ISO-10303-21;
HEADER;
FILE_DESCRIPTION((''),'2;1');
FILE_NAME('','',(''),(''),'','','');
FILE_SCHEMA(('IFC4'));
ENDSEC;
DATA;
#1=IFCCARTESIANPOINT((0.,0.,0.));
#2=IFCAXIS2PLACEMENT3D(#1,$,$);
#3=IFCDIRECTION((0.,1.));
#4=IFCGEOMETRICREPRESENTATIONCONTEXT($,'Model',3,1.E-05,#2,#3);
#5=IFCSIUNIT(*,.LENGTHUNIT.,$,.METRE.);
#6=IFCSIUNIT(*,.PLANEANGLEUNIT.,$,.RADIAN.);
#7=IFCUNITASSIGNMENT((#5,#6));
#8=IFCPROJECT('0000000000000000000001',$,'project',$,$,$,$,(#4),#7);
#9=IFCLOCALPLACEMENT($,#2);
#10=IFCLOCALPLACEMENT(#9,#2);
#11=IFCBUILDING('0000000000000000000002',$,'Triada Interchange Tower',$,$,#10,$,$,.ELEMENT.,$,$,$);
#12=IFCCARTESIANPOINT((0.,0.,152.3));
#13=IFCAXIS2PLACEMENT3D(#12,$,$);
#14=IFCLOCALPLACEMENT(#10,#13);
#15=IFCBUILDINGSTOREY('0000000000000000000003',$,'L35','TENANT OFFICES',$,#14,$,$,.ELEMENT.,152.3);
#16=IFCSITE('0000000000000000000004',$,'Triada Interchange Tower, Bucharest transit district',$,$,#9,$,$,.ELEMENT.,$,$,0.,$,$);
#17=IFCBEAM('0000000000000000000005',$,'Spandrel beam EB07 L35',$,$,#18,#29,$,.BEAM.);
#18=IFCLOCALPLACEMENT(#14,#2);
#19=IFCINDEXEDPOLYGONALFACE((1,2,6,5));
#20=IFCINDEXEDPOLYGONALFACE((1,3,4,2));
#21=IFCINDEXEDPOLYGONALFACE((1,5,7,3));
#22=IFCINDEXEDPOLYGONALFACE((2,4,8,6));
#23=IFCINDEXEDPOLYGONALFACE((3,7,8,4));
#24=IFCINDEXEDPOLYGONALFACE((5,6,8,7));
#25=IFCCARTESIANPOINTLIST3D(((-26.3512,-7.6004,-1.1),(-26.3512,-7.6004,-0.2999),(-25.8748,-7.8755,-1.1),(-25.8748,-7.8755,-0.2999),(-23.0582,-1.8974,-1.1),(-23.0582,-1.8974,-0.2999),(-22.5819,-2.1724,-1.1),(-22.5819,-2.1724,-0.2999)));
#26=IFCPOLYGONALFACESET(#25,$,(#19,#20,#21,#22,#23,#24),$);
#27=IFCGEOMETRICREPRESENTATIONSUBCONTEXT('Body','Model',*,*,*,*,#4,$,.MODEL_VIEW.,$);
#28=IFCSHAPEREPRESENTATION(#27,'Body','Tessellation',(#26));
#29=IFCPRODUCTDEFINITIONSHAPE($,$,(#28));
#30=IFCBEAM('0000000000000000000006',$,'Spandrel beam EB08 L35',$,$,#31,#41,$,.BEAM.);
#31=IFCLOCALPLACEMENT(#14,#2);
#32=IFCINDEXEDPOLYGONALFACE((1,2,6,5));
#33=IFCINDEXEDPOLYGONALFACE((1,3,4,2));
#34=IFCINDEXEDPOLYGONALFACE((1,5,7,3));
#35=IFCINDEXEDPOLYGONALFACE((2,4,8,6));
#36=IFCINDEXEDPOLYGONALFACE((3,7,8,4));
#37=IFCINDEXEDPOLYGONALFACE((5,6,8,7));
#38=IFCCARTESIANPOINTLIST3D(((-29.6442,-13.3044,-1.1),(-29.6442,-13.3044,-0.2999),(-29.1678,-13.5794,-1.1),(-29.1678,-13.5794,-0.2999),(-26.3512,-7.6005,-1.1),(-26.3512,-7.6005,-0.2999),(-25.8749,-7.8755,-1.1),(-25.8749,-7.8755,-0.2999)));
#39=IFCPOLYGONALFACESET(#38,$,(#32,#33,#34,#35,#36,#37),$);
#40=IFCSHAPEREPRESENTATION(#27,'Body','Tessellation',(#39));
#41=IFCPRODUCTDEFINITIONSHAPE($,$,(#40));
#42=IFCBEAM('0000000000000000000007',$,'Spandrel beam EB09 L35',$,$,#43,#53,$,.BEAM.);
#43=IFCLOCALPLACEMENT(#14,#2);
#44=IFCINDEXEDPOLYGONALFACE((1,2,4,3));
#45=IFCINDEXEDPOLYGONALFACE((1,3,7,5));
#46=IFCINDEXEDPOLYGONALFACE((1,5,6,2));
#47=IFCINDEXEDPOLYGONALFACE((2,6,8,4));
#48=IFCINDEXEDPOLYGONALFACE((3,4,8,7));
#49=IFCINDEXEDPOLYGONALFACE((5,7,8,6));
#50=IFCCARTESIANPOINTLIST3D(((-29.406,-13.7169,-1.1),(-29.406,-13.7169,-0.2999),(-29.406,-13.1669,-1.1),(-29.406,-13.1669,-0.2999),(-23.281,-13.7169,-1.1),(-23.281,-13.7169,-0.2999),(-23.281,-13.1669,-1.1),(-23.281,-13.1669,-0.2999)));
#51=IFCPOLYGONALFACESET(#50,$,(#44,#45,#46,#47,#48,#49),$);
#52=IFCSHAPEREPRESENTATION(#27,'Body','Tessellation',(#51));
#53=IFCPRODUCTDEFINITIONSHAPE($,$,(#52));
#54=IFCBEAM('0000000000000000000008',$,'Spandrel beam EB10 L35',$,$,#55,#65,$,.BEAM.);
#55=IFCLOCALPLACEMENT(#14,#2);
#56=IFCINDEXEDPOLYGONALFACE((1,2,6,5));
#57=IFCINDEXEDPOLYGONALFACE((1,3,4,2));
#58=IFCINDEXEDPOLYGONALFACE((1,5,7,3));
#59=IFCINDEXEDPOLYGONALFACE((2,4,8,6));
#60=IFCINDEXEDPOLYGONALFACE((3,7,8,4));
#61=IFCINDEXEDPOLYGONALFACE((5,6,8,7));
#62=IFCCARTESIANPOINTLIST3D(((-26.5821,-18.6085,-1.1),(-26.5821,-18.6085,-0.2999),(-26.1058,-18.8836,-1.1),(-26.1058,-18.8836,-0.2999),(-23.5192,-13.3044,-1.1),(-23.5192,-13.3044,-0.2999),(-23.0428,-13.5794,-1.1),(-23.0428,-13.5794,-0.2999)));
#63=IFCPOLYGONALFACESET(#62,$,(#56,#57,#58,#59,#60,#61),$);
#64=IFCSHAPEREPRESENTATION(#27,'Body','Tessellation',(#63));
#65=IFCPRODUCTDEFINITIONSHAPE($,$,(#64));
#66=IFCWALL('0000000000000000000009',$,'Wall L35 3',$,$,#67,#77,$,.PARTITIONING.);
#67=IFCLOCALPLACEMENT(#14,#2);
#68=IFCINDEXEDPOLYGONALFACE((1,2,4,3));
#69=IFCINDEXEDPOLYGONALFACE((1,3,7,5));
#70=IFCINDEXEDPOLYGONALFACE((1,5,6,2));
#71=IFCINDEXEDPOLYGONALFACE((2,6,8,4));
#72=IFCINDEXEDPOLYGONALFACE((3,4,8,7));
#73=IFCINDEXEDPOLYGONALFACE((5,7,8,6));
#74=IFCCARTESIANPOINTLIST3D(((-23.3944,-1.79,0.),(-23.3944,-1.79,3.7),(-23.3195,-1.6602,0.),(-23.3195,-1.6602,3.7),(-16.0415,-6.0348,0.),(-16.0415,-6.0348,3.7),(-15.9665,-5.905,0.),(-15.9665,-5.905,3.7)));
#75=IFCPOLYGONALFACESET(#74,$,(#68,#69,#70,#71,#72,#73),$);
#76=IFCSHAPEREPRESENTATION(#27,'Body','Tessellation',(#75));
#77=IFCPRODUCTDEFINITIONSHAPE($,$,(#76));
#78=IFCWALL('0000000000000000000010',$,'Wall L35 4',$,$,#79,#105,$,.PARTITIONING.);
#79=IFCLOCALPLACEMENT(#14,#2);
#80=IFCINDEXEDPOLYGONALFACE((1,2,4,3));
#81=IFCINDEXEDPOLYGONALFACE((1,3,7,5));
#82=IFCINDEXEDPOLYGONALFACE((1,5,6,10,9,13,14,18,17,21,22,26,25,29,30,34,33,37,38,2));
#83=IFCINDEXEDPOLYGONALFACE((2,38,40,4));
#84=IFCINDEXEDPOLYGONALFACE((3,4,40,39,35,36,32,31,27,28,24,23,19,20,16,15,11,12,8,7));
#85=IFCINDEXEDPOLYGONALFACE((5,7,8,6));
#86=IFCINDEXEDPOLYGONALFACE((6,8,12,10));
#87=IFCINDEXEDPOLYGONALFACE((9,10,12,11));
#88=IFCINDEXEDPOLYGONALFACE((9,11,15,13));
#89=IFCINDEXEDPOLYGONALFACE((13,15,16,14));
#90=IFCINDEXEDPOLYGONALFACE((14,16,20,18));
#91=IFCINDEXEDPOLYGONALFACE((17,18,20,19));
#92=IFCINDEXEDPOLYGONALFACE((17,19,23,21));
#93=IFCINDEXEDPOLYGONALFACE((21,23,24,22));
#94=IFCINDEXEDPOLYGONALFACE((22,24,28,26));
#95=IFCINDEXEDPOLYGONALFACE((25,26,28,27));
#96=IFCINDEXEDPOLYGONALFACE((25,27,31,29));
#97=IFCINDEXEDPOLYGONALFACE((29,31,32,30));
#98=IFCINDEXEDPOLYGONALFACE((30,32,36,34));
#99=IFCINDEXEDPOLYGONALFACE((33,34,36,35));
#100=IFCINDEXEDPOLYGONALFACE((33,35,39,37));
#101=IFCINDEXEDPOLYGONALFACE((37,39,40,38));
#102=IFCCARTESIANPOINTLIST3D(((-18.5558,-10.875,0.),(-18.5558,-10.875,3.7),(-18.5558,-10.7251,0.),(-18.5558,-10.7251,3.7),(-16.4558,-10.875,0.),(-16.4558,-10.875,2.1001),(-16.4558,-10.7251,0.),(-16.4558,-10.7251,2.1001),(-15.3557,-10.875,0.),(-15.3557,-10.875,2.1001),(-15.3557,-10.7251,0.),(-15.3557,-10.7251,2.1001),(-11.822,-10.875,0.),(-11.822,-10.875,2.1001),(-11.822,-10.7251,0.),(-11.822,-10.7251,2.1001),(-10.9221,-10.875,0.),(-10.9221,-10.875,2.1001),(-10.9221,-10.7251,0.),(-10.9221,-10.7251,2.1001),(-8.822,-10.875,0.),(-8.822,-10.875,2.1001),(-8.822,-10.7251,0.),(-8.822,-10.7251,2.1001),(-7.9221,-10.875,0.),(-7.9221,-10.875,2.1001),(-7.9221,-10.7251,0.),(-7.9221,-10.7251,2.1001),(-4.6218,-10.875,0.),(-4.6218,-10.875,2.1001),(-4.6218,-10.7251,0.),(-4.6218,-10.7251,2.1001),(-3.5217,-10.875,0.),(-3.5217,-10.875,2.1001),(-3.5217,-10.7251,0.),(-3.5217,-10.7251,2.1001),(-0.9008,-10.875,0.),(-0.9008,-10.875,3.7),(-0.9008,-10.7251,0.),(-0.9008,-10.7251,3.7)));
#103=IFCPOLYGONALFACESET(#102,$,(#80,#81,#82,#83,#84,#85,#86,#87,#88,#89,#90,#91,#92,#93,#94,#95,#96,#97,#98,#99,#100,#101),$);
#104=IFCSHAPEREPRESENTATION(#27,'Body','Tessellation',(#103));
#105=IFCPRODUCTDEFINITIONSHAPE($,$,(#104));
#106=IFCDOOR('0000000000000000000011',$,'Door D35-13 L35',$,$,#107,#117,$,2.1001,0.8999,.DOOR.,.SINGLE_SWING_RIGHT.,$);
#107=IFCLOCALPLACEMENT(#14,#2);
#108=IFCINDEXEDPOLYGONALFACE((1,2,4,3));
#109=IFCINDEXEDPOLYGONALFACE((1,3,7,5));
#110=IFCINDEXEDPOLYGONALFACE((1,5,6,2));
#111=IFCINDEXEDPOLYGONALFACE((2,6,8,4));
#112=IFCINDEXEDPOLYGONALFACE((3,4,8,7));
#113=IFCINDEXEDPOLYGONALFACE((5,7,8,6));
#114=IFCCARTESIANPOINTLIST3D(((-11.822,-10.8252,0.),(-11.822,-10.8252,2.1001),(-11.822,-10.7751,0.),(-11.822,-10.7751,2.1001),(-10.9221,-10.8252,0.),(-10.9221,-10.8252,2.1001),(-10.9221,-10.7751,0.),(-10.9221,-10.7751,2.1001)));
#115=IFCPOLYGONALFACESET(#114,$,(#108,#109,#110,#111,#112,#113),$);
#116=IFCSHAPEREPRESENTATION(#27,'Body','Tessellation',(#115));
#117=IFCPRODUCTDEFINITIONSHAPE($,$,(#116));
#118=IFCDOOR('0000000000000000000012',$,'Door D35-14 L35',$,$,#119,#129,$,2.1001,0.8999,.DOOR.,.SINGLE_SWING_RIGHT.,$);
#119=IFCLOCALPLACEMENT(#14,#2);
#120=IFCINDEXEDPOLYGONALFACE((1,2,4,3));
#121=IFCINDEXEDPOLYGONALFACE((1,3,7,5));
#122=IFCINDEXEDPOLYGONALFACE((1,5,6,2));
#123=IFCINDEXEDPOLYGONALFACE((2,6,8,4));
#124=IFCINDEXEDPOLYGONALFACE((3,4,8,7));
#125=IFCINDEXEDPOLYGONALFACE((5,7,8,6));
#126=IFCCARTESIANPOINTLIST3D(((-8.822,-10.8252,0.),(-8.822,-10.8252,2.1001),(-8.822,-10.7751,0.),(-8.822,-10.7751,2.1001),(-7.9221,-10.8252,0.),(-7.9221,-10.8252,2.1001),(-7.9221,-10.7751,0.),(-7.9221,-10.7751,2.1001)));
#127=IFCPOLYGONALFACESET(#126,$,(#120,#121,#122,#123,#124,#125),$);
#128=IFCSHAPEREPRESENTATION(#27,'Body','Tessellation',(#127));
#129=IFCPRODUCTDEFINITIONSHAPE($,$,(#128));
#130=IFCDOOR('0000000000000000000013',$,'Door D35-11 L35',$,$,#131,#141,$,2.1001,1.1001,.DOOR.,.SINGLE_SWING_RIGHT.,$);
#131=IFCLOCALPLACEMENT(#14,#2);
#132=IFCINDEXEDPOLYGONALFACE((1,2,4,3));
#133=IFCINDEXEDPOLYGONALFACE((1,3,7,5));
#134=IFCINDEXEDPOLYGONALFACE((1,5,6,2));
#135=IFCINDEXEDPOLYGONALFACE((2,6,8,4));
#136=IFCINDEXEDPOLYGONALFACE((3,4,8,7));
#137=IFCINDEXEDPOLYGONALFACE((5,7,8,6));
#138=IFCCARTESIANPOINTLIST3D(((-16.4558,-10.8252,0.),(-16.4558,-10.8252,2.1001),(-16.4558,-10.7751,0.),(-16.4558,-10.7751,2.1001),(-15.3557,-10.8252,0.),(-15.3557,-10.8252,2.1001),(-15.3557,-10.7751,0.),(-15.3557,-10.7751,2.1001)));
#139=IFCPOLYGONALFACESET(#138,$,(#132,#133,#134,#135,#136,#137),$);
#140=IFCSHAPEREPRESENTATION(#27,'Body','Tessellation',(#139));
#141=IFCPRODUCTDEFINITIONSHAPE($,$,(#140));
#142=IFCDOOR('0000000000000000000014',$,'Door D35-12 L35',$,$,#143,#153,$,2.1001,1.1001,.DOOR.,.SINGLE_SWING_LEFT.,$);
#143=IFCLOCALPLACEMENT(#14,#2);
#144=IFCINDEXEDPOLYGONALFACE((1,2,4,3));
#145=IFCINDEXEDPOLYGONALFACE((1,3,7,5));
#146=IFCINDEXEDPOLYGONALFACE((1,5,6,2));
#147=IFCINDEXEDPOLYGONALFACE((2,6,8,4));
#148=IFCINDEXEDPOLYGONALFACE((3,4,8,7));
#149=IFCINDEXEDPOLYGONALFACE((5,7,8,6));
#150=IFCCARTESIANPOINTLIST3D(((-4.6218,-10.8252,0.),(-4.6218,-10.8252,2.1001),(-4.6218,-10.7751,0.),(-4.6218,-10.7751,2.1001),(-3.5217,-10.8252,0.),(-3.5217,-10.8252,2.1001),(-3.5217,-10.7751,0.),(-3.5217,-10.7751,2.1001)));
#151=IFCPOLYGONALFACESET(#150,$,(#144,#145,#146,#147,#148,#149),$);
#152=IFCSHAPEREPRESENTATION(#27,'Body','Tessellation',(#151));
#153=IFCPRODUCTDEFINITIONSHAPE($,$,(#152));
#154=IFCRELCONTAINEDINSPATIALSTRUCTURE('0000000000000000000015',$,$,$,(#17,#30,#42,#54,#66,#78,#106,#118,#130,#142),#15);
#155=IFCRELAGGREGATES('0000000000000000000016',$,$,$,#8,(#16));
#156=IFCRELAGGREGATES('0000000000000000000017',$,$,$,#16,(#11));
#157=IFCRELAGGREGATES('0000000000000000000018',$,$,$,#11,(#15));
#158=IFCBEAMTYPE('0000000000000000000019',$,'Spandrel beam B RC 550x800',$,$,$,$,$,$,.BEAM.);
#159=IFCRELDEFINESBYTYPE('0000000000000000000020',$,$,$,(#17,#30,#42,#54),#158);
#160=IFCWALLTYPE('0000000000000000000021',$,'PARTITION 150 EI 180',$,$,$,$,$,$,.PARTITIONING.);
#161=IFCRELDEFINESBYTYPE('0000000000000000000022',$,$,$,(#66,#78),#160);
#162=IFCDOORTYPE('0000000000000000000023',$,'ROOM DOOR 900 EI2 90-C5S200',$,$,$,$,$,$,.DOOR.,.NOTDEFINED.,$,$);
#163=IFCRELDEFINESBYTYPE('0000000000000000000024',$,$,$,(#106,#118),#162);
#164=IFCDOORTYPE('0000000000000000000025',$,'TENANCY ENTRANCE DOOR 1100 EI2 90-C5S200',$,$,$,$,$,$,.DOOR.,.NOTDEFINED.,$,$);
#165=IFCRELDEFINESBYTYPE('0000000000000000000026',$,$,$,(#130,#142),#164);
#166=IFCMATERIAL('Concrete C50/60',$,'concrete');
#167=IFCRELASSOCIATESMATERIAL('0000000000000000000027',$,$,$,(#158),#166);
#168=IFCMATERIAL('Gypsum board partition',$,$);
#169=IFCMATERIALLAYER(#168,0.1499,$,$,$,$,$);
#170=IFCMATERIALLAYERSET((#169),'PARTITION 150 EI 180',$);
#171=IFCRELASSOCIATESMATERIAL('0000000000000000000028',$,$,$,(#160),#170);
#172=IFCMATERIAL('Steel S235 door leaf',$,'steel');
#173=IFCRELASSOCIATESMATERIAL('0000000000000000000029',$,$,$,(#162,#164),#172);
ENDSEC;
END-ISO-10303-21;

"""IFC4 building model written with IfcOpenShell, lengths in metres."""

from ifc_helpers import new_model, si_unit, direction, frame, frame_2d, origin, origin_2d, place, context, subcontext, project, spatial, rectangle, extrude, material, layer, layer_set, material_profile, profile_set, type_object, element, fill, save


model = new_model("IFC4")

# Units and contexts
model_context = context("Model", 3, precision=1e-05, world=origin(), true_north=direction((0.0, 1.0)))
body_context = subcontext(model_context, "Body", "Model", "MODEL_VIEW")
ifc_project = project(units=[si_unit("LENGTHUNIT", "METRE"), si_unit("PLANEANGLEUNIT", "RADIAN")], contexts=[model_context])

# Site, building, storey
site_placement = place(None, origin())
site = spatial("IfcSite", under=ifc_project, at=site_placement, Name="Triada Interchange Tower, Bucharest transit district", CompositionType="ELEMENT", RefElevation=0.0)
building_placement = place(site_placement, origin())
building = spatial("IfcBuilding", under=site, at=building_placement, Name="Triada Interchange Tower", CompositionType="ELEMENT")
storey_placement = place(building_placement, frame((0.0, 0.0, 152.3)))
storey = spatial("IfcBuildingStorey", under=building, at=storey_placement, Name="L35", Description="TENANT OFFICES", CompositionType="ELEMENT", Elevation=152.3)

# Beams
ifc_material_1 = material(Name="Concrete C50/60", Category="concrete")
ifc_material_profile_1 = material_profile(ifc_material_1, rectangle(XDim=0.55, YDim=0.8, at=origin_2d()), Name="RC 550x800")
ifc_profile_set_1 = profile_set([ifc_material_profile_1], Name="Concrete C50/60")
beam_type_1 = type_object("IfcBeamType", Name="Spandrel beam B RC 550x800", PredefinedType="BEAM", material=ifc_profile_set_1)
beam_1_placement = place(storey_placement, frame((-22.8201, -2.0349, -0.7), z_axis=(-0.500031, -0.866008, 0.0), x_axis=(0.866008, -0.500031, 0.0)))
element("IfcBeam", 1, at=beam_1_placement, inside=storey, type_object=beam_type_1, Name="Spandrel beam EB07 L35", PredefinedType="BEAM", context=body_context, shape_type="SweptSolid", body=[
    extrude(rectangle(XDim=0.55, YDim=0.8, at=origin_2d()), origin(), (0.0, 0.0, 1.0), 6.5854),
])
beam_2_placement = place(storey_placement, frame((-26.113, -7.738, -0.7), z_axis=(-0.499982, -0.866036, 0.0), x_axis=(0.866036, -0.499982, 0.0)))
element("IfcBeam", 2, at=beam_2_placement, inside=storey, type_object=beam_type_1, Name="Spandrel beam EB08 L35", PredefinedType="BEAM", context=body_context, shape_type="SweptSolid", body=[
    extrude(rectangle(XDim=0.55, YDim=0.8, at=origin_2d()), origin(), (0.0, 0.0, 1.0), 6.5862),
])
for number, where, z_axis, x_axis, name in (
    (3, (-29.406, -13.4419, -0.7), (1.0, 0.0, 0.0), (0.0, 1.0, 0.0), "Spandrel beam EB09 L35"),
    (4, (-23.281, -13.4419, -0.7), (-0.500074, -0.865982, 0.0), (0.865982, -0.500074, 0.0), "Spandrel beam EB10 L35"),
):
    element("IfcBeam", number, at=place(storey_placement, frame(where, z_axis=z_axis, x_axis=x_axis)), inside=storey, type_object=beam_type_1, Name=name, PredefinedType="BEAM", context=body_context, shape_type="SweptSolid", body=[
        extrude(rectangle(XDim=0.55, YDim=0.8, at=origin_2d()), origin(), (0.0, 0.0, 1.0), 6.125),
    ])

# Wall
ifc_material_2 = material(Name="Gypsum board partition")
ifc_layer_1 = layer(ifc_material_2, 0.1499)
ifc_layer_set_1 = layer_set([ifc_layer_1], Name="PARTITION 150 EI 180")
wall_type = type_object("IfcWallType", Name="PARTITION 150 EI 180", PredefinedType="PARTITIONING", material=ifc_layer_set_1)
wall_1_placement = place(storey_placement, frame((-23.3569, -1.7251, 0.0), z_axis=(0.0, 0.0, 1.0), x_axis=(0.866046, -0.499965, 0.0)))
element("IfcWall", 5, at=wall_1_placement, inside=storey, type_object=wall_type, Name="Wall L35 3", PredefinedType="PARTITIONING", context=body_context, shape_type="SweptSolid", body=[
    extrude(rectangle(XDim=8.4902, YDim=0.1499, at=frame_2d((4.2451, 0.0))), origin(), (0.0, 0.0, 1.0), 3.7),
])

# Wall, openings, doors
wall_2_placement = place(storey_placement, frame((-18.5559, -10.8, 0.0), z_axis=(0.0, 0.0, 1.0), x_axis=(1.0, 0.0, 0.0)))
wall_2 = element("IfcWall", 6, at=wall_2_placement, inside=storey, type_object=wall_type, Name="Wall L35 4", PredefinedType="PARTITIONING", context=body_context, shape_type="SweptSolid", body=[
    extrude(rectangle(XDim=17.655, YDim=0.1499, at=frame_2d((8.8276, 0.0))), origin(), (0.0, 0.0, 1.0), 3.7),
])
opening_1_placement = place(wall_2_placement, frame((2.1001, 0.0, 0.0)))
opening_1 = element("IfcOpeningElement", 7, at=opening_1_placement, cuts=wall_2, PredefinedType="OPENING", context=body_context, shape_type="SweptSolid", body=[
    extrude(rectangle(XDim=1.1001, YDim=2.1001, at=frame_2d((0.55, 1.05))), frame((0.0, 0.085, 0.0), z_axis=(0.0, -1.0, 0.0), x_axis=(1.0, 0.0, 0.0)), (0.0, 0.0, 1.0), 0.1699),
])
opening_2_placement = place(wall_2_placement, frame((13.9341, 0.0, 0.0)))
opening_2 = element("IfcOpeningElement", 8, at=opening_2_placement, cuts=wall_2, PredefinedType="OPENING", context=body_context, shape_type="SweptSolid", body=[
    extrude(rectangle(XDim=1.1001, YDim=2.1001, at=frame_2d((0.55, 1.05))), frame((0.0, 0.085, 0.0), z_axis=(0.0, -1.0, 0.0), x_axis=(1.0, 0.0, 0.0)), (0.0, 0.0, 1.0), 0.1699),
])
opening_3_placement = place(wall_2_placement, frame((6.7339, 0.0, 0.0)))
opening_3 = element("IfcOpeningElement", 9, at=opening_3_placement, cuts=wall_2, PredefinedType="OPENING", context=body_context, shape_type="SweptSolid", body=[
    extrude(rectangle(XDim=0.8999, YDim=2.1001, at=frame_2d((0.45, 1.05))), frame((0.0, 0.085, 0.0), z_axis=(0.0, -1.0, 0.0), x_axis=(1.0, 0.0, 0.0)), (0.0, 0.0, 1.0), 0.1699),
])
opening_4_placement = place(wall_2_placement, frame((9.7339, 0.0, 0.0)))
opening_4 = element("IfcOpeningElement", 10, at=opening_4_placement, cuts=wall_2, PredefinedType="OPENING", context=body_context, shape_type="SweptSolid", body=[
    extrude(rectangle(XDim=0.8999, YDim=2.1001, at=frame_2d((0.45, 1.05))), frame((0.0, 0.085, 0.0), z_axis=(0.0, -1.0, 0.0), x_axis=(1.0, 0.0, 0.0)), (0.0, 0.0, 1.0), 0.1699),
])
ifc_material_3 = material(Name="Steel S235 door leaf", Category="steel")
door_type_1 = type_object("IfcDoorType", Name="ROOM DOOR 900 EI2 90-C5S200", OperationType="NOTDEFINED", PredefinedType="DOOR", material=ifc_material_3)
door_1_placement = place(opening_3_placement, origin())
door_1 = element("IfcDoor", 11, at=door_1_placement, inside=storey, type_object=door_type_1, Name="Door D35-13 L35", OperationType="SINGLE_SWING_RIGHT", OverallHeight=2.1001, OverallWidth=0.8999, PredefinedType="DOOR", context=body_context, shape_type="SweptSolid", body=[
    extrude(rectangle(XDim=0.8999, YDim=2.1001, at=frame_2d((0.45, 1.05))), frame((0.0, 0.0249, 0.0), z_axis=(0.0, -1.0, 0.0), x_axis=(1.0, 0.0, 0.0)), (0.0, 0.0, 1.0), 0.05),
])
fill(opening_3, door_1)
door_2_placement = place(opening_4_placement, origin())
door_2 = element("IfcDoor", 12, at=door_2_placement, inside=storey, type_object=door_type_1, Name="Door D35-14 L35", OperationType="SINGLE_SWING_RIGHT", OverallHeight=2.1001, OverallWidth=0.8999, PredefinedType="DOOR", context=body_context, shape_type="SweptSolid", body=[
    extrude(rectangle(XDim=0.8999, YDim=2.1001, at=frame_2d((0.45, 1.05))), frame((0.0, 0.0249, 0.0), z_axis=(0.0, -1.0, 0.0), x_axis=(1.0, 0.0, 0.0)), (0.0, 0.0, 1.0), 0.05),
])
fill(opening_4, door_2)
door_type_2 = type_object("IfcDoorType", Name="TENANCY ENTRANCE DOOR 1100 EI2 90-C5S200", OperationType="NOTDEFINED", PredefinedType="DOOR", material=ifc_material_3)
door_3_placement = place(opening_1_placement, origin())
door_3 = element("IfcDoor", 13, at=door_3_placement, inside=storey, type_object=door_type_2, Name="Door D35-11 L35", OperationType="SINGLE_SWING_RIGHT", OverallHeight=2.1001, OverallWidth=1.1001, PredefinedType="DOOR", context=body_context, shape_type="SweptSolid", body=[
    extrude(rectangle(XDim=1.1001, YDim=2.1001, at=frame_2d((0.55, 1.05))), frame((0.0, 0.0249, 0.0), z_axis=(0.0, -1.0, 0.0), x_axis=(1.0, 0.0, 0.0)), (0.0, 0.0, 1.0), 0.05),
])
fill(opening_1, door_3)
door_4_placement = place(opening_2_placement, origin())
door_4 = element("IfcDoor", 14, at=door_4_placement, inside=storey, type_object=door_type_2, Name="Door D35-12 L35", OperationType="SINGLE_SWING_LEFT", OverallHeight=2.1001, OverallWidth=1.1001, PredefinedType="DOOR", context=body_context, shape_type="SweptSolid", body=[
    extrude(rectangle(XDim=1.1001, YDim=2.1001, at=frame_2d((0.55, 1.05))), frame((0.0, 0.0249, 0.0), z_axis=(0.0, -1.0, 0.0), x_axis=(1.0, 0.0, 0.0)), (0.0, 0.0, 1.0), 0.05),
])
fill(opening_2, door_4)

save(model, "model.ifc")
